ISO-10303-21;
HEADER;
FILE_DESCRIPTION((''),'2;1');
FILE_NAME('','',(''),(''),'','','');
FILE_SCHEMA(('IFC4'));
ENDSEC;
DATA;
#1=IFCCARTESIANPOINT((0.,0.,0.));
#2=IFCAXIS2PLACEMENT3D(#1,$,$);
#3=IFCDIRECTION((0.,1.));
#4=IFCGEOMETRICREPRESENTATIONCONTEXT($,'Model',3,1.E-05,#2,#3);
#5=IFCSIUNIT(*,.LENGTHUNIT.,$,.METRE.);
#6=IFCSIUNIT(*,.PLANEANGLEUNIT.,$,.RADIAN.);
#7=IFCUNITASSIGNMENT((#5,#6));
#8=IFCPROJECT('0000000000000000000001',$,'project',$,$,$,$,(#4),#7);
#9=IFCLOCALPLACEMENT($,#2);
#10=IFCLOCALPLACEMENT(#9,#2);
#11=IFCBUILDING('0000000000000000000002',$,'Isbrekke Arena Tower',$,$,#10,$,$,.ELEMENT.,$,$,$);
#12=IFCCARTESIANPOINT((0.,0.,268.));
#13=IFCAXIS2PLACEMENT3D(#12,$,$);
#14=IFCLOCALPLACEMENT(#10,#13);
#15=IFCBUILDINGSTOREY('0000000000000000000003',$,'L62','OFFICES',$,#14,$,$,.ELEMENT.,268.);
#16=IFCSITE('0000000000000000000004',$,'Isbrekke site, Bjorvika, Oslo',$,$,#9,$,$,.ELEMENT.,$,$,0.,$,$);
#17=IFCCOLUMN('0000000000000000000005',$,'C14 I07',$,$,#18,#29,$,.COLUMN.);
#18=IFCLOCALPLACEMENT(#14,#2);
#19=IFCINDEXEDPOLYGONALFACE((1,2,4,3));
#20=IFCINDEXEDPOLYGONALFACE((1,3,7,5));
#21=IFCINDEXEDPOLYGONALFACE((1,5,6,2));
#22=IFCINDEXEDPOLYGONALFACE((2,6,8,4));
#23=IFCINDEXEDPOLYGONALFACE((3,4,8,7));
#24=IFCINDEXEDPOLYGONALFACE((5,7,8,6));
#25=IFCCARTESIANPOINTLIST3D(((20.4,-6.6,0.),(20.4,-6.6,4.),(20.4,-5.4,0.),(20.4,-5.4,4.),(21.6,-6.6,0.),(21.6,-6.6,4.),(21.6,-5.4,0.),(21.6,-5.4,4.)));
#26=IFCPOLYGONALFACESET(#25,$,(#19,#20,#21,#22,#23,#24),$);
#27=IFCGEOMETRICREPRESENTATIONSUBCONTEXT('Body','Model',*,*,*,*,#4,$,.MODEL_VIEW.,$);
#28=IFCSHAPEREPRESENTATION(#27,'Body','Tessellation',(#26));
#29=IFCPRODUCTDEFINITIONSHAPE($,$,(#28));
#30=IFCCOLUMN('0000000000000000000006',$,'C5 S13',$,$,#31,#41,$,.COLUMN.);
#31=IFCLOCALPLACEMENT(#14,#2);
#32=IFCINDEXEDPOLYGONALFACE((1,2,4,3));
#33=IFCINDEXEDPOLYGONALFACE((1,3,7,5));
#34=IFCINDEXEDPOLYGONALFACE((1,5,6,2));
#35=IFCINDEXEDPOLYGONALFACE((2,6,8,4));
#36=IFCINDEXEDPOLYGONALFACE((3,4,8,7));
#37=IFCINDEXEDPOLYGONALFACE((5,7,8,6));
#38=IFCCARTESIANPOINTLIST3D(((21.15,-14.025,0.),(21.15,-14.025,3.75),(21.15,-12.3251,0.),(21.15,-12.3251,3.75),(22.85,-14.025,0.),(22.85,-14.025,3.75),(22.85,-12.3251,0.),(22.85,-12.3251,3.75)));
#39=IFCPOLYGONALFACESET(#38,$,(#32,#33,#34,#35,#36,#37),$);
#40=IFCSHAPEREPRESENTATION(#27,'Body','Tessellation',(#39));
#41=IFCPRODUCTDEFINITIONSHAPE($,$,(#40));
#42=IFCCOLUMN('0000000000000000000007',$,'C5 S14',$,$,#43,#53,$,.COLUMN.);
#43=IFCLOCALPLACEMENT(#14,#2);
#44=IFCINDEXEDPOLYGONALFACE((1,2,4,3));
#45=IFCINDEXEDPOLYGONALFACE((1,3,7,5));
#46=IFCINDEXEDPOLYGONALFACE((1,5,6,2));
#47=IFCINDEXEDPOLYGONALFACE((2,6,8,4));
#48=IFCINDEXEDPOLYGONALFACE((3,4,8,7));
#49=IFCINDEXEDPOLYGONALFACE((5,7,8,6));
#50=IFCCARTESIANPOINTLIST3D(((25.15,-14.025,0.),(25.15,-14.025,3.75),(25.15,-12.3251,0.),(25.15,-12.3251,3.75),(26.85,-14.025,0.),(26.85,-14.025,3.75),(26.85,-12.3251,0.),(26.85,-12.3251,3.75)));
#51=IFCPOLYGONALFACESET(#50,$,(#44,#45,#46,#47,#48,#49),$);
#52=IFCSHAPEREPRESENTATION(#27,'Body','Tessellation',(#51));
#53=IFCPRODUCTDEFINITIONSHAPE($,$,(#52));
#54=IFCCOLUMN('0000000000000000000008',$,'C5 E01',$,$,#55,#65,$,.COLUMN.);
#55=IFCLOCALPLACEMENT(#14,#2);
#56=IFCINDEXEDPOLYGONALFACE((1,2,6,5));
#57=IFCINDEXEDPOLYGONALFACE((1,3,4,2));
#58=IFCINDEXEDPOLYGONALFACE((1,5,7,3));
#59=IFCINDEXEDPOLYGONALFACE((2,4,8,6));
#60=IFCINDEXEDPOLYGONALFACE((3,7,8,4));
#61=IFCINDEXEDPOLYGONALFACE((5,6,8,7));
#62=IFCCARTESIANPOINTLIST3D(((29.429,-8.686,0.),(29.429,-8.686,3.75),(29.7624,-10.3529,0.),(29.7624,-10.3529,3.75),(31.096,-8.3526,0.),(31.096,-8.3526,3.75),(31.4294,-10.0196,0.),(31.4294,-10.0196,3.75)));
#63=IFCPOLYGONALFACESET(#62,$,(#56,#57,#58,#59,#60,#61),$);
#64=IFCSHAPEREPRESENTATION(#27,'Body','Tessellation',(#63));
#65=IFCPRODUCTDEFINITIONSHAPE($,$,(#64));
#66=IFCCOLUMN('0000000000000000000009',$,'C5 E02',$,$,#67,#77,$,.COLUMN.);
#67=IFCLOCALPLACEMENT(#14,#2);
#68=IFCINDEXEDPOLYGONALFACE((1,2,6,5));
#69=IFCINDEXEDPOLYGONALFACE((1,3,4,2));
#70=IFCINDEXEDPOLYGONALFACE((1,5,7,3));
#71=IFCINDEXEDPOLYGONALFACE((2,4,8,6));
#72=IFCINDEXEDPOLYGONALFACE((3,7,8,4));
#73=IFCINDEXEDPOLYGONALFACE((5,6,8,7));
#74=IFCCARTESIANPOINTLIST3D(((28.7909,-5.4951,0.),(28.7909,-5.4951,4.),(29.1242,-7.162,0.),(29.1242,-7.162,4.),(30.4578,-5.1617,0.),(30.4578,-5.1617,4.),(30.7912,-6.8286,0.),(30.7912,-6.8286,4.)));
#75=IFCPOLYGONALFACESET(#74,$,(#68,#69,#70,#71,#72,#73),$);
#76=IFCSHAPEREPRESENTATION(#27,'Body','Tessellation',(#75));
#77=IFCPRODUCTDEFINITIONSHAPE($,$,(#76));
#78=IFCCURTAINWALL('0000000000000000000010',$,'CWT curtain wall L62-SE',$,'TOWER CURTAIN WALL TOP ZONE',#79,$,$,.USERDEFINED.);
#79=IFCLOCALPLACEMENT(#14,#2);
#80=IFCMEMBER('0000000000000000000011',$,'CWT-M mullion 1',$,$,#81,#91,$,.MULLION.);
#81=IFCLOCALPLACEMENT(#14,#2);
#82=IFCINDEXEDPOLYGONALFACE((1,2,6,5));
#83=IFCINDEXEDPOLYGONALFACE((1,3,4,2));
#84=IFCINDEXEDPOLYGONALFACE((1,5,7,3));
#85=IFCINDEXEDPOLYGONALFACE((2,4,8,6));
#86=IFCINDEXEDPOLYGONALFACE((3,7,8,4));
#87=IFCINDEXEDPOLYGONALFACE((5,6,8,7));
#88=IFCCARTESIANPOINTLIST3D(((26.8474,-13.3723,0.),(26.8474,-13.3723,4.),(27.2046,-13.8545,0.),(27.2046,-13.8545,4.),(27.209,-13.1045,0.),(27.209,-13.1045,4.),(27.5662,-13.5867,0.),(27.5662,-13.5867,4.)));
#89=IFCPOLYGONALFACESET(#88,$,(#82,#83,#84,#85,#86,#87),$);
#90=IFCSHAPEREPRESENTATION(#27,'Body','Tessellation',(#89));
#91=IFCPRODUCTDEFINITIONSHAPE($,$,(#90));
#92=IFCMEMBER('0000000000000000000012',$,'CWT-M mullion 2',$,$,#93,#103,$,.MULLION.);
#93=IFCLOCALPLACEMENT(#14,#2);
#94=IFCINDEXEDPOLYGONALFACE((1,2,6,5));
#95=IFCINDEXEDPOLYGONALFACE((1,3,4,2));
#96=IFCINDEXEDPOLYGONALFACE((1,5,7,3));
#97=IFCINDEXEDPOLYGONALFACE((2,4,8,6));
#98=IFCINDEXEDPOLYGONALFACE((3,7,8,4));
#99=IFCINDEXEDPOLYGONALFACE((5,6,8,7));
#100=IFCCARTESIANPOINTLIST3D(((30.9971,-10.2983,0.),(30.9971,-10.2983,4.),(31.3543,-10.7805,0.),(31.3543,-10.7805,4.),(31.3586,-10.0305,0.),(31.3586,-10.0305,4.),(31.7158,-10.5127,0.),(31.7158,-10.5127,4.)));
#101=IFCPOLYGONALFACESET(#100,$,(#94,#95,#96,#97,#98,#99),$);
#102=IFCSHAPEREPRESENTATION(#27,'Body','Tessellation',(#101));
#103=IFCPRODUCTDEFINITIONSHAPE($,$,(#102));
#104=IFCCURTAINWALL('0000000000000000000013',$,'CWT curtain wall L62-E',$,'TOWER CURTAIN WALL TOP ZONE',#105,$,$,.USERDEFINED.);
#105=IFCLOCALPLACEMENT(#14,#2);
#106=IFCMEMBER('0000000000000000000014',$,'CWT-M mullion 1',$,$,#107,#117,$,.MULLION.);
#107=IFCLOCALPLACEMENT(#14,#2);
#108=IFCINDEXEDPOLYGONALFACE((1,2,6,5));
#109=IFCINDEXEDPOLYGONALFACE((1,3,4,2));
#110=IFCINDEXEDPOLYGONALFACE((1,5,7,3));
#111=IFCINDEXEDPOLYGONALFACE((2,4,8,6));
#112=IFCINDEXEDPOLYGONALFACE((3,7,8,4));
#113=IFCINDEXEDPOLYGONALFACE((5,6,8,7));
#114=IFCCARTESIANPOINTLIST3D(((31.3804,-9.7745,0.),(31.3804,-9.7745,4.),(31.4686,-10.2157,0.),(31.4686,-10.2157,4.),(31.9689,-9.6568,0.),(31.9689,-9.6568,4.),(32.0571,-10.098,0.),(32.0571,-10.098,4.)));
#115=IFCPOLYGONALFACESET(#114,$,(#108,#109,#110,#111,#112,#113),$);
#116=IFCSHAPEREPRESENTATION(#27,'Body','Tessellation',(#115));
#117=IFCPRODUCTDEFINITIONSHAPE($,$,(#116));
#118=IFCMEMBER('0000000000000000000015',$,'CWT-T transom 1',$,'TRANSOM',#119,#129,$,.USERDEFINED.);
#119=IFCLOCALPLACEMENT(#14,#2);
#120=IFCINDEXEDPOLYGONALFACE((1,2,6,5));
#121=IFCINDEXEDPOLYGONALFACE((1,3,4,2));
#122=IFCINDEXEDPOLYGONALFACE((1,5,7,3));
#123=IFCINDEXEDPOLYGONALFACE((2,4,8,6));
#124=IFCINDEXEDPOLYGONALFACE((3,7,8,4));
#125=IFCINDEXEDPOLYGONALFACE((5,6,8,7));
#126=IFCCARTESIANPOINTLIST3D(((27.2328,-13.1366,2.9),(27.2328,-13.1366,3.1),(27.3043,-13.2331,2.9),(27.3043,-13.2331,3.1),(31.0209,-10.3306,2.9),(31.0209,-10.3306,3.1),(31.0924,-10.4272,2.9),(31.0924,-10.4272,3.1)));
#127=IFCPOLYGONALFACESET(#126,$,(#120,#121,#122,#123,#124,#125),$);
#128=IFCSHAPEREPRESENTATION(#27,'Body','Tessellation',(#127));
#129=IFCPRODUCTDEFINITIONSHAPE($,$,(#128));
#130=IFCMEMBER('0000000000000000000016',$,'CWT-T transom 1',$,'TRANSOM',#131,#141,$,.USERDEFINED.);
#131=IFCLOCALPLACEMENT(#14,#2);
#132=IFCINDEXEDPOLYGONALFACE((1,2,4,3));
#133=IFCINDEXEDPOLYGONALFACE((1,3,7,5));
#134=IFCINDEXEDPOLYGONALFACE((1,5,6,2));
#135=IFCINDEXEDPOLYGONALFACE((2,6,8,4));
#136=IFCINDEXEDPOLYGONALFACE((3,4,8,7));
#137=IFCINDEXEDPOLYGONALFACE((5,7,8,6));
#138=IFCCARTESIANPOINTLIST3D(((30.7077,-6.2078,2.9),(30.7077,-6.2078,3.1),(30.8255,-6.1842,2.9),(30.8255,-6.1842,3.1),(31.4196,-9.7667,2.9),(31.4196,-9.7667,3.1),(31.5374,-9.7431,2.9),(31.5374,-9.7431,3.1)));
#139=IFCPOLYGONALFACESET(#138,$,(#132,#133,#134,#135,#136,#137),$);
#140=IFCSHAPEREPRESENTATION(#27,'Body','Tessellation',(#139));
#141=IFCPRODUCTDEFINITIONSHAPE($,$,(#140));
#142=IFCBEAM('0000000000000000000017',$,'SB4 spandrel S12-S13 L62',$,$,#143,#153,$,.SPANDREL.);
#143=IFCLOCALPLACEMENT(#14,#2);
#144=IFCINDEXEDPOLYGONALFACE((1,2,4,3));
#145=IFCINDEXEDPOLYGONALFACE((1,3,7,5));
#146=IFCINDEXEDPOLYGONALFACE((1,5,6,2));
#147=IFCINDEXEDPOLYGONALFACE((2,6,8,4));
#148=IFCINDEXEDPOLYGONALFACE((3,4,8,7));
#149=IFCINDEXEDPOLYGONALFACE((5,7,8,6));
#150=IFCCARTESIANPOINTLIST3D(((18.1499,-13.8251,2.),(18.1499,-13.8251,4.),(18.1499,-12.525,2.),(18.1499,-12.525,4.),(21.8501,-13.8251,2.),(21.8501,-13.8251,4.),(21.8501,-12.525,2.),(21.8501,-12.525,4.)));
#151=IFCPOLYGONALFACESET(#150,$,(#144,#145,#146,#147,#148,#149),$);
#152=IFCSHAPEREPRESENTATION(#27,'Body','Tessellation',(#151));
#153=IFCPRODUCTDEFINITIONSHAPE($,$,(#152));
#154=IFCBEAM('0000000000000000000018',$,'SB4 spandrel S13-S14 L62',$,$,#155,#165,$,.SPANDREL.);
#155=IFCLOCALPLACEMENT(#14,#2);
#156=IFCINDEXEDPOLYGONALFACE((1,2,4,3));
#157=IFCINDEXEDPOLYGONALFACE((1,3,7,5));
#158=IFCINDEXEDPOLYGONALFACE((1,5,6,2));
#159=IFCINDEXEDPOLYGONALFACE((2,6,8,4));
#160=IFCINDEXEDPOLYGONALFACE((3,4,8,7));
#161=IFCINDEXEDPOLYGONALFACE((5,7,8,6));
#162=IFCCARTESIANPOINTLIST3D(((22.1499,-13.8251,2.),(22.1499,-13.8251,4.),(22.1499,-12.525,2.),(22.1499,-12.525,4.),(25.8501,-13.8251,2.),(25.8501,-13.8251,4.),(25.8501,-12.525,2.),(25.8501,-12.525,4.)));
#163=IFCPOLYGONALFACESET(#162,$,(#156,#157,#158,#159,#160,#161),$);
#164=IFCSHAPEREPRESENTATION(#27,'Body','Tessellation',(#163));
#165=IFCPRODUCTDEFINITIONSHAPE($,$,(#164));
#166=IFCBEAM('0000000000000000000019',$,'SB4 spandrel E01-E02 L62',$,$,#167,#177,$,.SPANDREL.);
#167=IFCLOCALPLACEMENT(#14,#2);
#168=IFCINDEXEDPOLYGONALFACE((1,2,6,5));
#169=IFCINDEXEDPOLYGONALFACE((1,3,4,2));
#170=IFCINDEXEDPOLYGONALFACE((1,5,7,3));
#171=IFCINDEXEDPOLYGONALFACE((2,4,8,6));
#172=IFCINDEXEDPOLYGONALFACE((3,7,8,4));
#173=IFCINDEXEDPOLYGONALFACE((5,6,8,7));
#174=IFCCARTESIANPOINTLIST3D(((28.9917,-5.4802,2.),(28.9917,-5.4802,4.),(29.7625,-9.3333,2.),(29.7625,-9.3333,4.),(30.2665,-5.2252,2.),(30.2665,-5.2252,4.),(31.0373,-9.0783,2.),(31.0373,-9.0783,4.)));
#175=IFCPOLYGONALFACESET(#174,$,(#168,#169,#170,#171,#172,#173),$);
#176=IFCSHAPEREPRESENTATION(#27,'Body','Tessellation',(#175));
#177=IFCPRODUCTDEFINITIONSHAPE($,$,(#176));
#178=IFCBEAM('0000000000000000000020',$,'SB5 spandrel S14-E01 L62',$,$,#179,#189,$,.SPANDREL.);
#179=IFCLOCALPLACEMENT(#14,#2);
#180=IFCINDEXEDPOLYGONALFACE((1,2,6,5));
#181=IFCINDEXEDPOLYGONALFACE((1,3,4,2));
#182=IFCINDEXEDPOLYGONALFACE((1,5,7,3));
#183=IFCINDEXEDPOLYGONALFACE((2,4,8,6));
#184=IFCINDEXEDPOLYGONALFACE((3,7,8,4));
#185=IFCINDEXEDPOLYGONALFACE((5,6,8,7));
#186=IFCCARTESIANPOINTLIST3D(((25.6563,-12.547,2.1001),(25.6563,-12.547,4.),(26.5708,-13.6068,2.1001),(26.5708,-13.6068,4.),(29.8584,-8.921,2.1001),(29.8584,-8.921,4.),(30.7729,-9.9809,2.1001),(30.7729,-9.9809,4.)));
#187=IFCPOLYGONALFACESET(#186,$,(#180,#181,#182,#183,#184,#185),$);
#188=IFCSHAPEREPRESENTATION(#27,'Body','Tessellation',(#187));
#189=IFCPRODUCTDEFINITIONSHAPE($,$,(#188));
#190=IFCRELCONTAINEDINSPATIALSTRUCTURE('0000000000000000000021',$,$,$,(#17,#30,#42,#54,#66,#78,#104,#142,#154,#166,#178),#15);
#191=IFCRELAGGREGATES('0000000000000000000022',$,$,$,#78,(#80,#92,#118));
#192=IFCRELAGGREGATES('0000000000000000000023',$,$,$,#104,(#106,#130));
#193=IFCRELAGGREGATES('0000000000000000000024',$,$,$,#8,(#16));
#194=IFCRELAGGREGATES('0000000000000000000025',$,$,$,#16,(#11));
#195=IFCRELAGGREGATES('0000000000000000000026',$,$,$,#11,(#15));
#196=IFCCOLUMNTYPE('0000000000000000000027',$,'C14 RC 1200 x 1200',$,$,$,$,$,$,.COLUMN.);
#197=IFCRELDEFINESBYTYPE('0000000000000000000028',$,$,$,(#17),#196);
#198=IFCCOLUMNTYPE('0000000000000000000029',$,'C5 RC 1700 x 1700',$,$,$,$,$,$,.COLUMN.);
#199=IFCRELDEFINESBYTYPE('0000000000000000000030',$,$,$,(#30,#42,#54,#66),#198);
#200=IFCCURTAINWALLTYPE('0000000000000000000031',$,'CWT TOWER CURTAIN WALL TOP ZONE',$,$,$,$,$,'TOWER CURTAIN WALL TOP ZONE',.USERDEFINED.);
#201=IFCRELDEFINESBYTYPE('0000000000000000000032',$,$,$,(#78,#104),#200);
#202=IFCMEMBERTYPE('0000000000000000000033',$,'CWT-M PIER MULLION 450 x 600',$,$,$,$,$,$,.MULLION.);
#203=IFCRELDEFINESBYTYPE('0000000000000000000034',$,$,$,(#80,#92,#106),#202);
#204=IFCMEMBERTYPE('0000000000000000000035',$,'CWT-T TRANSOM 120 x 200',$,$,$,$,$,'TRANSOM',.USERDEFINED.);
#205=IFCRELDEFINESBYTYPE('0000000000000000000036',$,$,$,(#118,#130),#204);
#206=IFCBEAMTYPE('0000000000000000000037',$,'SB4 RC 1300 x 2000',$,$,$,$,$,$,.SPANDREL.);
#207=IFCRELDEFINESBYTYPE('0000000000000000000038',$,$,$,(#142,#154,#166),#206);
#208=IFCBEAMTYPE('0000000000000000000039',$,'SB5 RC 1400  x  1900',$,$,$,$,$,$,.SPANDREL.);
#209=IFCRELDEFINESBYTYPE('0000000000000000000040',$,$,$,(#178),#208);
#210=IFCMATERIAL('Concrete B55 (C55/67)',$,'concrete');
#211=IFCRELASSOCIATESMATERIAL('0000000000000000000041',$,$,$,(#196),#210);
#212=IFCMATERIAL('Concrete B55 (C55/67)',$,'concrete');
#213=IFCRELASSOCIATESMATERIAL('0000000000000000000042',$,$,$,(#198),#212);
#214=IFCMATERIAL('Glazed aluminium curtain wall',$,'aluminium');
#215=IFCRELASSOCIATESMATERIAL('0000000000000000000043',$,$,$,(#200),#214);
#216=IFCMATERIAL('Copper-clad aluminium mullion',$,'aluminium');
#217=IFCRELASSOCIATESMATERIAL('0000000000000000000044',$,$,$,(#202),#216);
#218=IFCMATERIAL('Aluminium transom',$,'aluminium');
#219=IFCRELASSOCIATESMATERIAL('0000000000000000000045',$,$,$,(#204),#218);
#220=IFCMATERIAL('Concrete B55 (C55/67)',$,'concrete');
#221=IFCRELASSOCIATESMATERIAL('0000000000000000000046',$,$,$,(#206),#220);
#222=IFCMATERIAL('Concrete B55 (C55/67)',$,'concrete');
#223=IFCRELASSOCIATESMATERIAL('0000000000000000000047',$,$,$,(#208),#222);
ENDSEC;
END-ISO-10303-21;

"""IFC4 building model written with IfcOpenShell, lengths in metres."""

from ifc_helpers import new_model, si_unit, direction, frame, origin, origin_2d, place, context, subcontext, project, spatial, rectangle, extrude, material, material_profile, profile_set, type_object, element, aggregate, save


model = new_model("IFC4")

# Units and contexts
model_context = context("Model", 3, precision=1e-05, world=origin(), true_north=direction((0.0, 1.0)))
body_context = subcontext(model_context, "Body", "Model", "MODEL_VIEW")
ifc_project = project(units=[si_unit("LENGTHUNIT", "METRE"), si_unit("PLANEANGLEUNIT", "RADIAN")], contexts=[model_context])

# Site, building, storey
site_placement = place(None, origin())
site = spatial("IfcSite", under=ifc_project, at=site_placement, Name="Isbrekke site, Bjorvika, Oslo", CompositionType="ELEMENT", RefElevation=0.0)
building_placement = place(site_placement, origin())
building = spatial("IfcBuilding", under=site, at=building_placement, Name="Isbrekke Arena Tower", CompositionType="ELEMENT")
storey_placement = place(building_placement, frame((0.0, 0.0, 268.0)))
storey = spatial("IfcBuildingStorey", under=building, at=storey_placement, Name="L62", Description="OFFICES", CompositionType="ELEMENT", Elevation=268.0)

# Columns
ifc_material_1 = material(Name="Concrete B55 (C55/67)", Category="concrete")
ifc_material_profile_1 = material_profile(ifc_material_1, rectangle(XDim=1.2, YDim=1.2, at=origin_2d()), Name="RC 1200x1200")
ifc_profile_set_1 = profile_set([ifc_material_profile_1], Name="Concrete B55 (C55/67)")
column_type_1 = type_object("IfcColumnType", Name="C14 RC 1200 x 1200", PredefinedType="COLUMN", material=ifc_profile_set_1)
column_1_placement = place(storey_placement, frame((21.0, -6.0, 0.0), z_axis=(0.0, 0.0, 1.0), x_axis=(1.0, 0.0, 0.0)))
element("IfcColumn", 1, at=column_1_placement, inside=storey, type_object=column_type_1, Name="C14 I07", PredefinedType="COLUMN", context=body_context, shape_type="SweptSolid", body=[
    extrude(rectangle(XDim=1.2, YDim=1.2, at=origin_2d()), origin(), (0.0, 0.0, 1.0), 4.0),
])
ifc_material_2 = material(Name="Concrete B55 (C55/67)", Category="concrete")
ifc_material_profile_2 = material_profile(ifc_material_2, rectangle(XDim=1.7, YDim=1.7, at=origin_2d()), Name="RC 1700x1700")
ifc_profile_set_2 = profile_set([ifc_material_profile_2], Name="Concrete B55 (C55/67)")
column_type_2 = type_object("IfcColumnType", Name="C5 RC 1700 x 1700", PredefinedType="COLUMN", material=ifc_profile_set_2)
for number, where, z_axis, x_axis, name in (
    (2, (22.0, -13.175, 0.0), (0.0, 0.0, 1.0), (1.0, 0.0, 0.0), "C5 S13"),
    (3, (26.0, -13.175, 0.0), (0.0, 0.0, 1.0), (1.0, 0.0, 0.0), "C5 S14"),
    (4, (30.4292, -9.3528, 0.0), (0.0, 0.0, 1.0), (-0.196116, 0.980581, 0.0), "C5 E01"),
):
    element("IfcColumn", number, at=place(storey_placement, frame(where, z_axis=z_axis, x_axis=x_axis)), inside=storey, type_object=column_type_2, Name=name, PredefinedType="COLUMN", context=body_context, shape_type="SweptSolid", body=[
        extrude(rectangle(XDim=1.7, YDim=1.7, at=origin_2d()), origin(), (0.0, 0.0, 1.0), 3.75),
    ])
column_2_placement = place(storey_placement, frame((29.791, -6.1619, 0.0), z_axis=(0.0, 0.0, 1.0), x_axis=(-0.196116, 0.980581, 0.0)))
element("IfcColumn", 5, at=column_2_placement, inside=storey, type_object=column_type_2, Name="C5 E02", PredefinedType="COLUMN", context=body_context, shape_type="SweptSolid", body=[
    extrude(rectangle(XDim=1.7, YDim=1.7, at=origin_2d()), origin(), (0.0, 0.0, 1.0), 4.0),
])

# Curtain wall, members
ifc_material_3 = material(Name="Glazed aluminium curtain wall", Category="aluminium")
curtain_wall_type = type_object("IfcCurtainWallType", Name="CWT TOWER CURTAIN WALL TOP ZONE", ElementType="TOWER CURTAIN WALL TOP ZONE", PredefinedType="USERDEFINED", material=ifc_material_3)
curtain_wall_1_placement = place(storey_placement, origin())
curtain_wall_1 = element("IfcCurtainWall", 6, at=curtain_wall_1_placement, inside=storey, type_object=curtain_wall_type, Name="CWT curtain wall L62-SE", ObjectType="TOWER CURTAIN WALL TOP ZONE", PredefinedType="USERDEFINED")
ifc_material_4 = material(Name="Copper-clad aluminium mullion", Category="aluminium")
ifc_material_profile_3 = material_profile(ifc_material_4, rectangle(XDim=0.45, YDim=0.6001, at=origin_2d()), Name="PIER 450X600")
ifc_profile_set_3 = profile_set([ifc_material_profile_3], Name="Copper-clad aluminium mullion")
member_type_1 = type_object("IfcMemberType", Name="CWT-M PIER MULLION 450 x 600", PredefinedType="MULLION", material=ifc_profile_set_3)
member_1_placement = place(storey_placement, frame((27.2068, -13.4795, 0.0), z_axis=(0.0, 0.0, 1.0), x_axis=(0.803557, 0.595228, 0.0)))
member_1 = element("IfcMember", 7, at=member_1_placement, type_object=member_type_1, Name="CWT-M mullion 1", PredefinedType="MULLION", context=body_context, shape_type="SweptSolid", body=[
    extrude(rectangle(XDim=0.45, YDim=0.6001, at=origin_2d()), origin(), (0.0, 0.0, 1.0), 4.0),
])
member_2_placement = place(storey_placement, frame((31.3564, -10.4055, 0.0), z_axis=(0.0, 0.0, 1.0), x_axis=(0.803557, 0.595228, 0.0)))
member_2 = element("IfcMember", 8, at=member_2_placement, type_object=member_type_1, Name="CWT-M mullion 2", PredefinedType="MULLION", context=body_context, shape_type="SweptSolid", body=[
    extrude(rectangle(XDim=0.45, YDim=0.6001, at=origin_2d()), origin(), (0.0, 0.0, 1.0), 4.0),
])

# Curtain wall, member
curtain_wall_2_placement = place(storey_placement, origin())
curtain_wall_2 = element("IfcCurtainWall", 9, at=curtain_wall_2_placement, inside=storey, type_object=curtain_wall_type, Name="CWT curtain wall L62-E", ObjectType="TOWER CURTAIN WALL TOP ZONE", PredefinedType="USERDEFINED")
member_3_placement = place(storey_placement, frame((31.7188, -9.9363, 0.0), z_axis=(0.0, 0.0, 1.0), x_axis=(-0.196116, 0.980581, 0.0)))
member_3 = element("IfcMember", 10, at=member_3_placement, type_object=member_type_1, Name="CWT-M mullion 1", PredefinedType="MULLION", context=body_context, shape_type="SweptSolid", body=[
    extrude(rectangle(XDim=0.45, YDim=0.6001, at=origin_2d()), origin(), (0.0, 0.0, 1.0), 4.0),
])

# Members
ifc_material_5 = material(Name="Aluminium transom", Category="aluminium")
ifc_material_profile_4 = material_profile(ifc_material_5, rectangle(XDim=0.1201, YDim=0.2, at=origin_2d()), Name="TRANSOM 120X200")
ifc_profile_set_4 = profile_set([ifc_material_profile_4], Name="Aluminium transom")
member_type_2 = type_object("IfcMemberType", Name="CWT-T TRANSOM 120 x 200", ElementType="TRANSOM", PredefinedType="USERDEFINED", material=ifc_profile_set_4)
member_4_placement = place(storey_placement, frame((27.2686, -13.1848, 3.0), z_axis=(0.803565, 0.595216, 0.0), x_axis=(-0.595216, 0.803565, 0.0)))
member_4 = element("IfcMember", 11, at=member_4_placement, type_object=member_type_2, Name="CWT-T transom 1", ObjectType="TRANSOM", PredefinedType="USERDEFINED", context=body_context, shape_type="SweptSolid", body=[
    extrude(rectangle(XDim=0.1201, YDim=0.2, at=origin_2d()), origin(), (0.0, 0.0, 1.0), 4.7141),
])
member_5_placement = place(storey_placement, frame((31.4785, -9.7549, 3.0), z_axis=(-0.196155, 0.980573, 0.0), x_axis=(-0.980573, -0.196155, 0.0)))
member_5 = element("IfcMember", 12, at=member_5_placement, type_object=member_type_2, Name="CWT-T transom 1", ObjectType="TRANSOM", PredefinedType="USERDEFINED", context=body_context, shape_type="SweptSolid", body=[
    extrude(rectangle(XDim=0.1201, YDim=0.2, at=origin_2d()), origin(), (0.0, 0.0, 1.0), 3.6294),
])

# Beams
ifc_material_6 = material(Name="Concrete B55 (C55/67)", Category="concrete")
ifc_material_profile_5 = material_profile(ifc_material_6, rectangle(XDim=1.3, YDim=2.0, at=origin_2d()), Name="RC 1300x2000")
ifc_profile_set_5 = profile_set([ifc_material_profile_5], Name="Concrete B55 (C55/67)")
beam_type_1 = type_object("IfcBeamType", Name="SB4 RC 1300 x 2000", PredefinedType="SPANDREL", material=ifc_profile_set_5)
for number, where, z_axis, x_axis, name in (
    (13, (18.1499, -13.175, 3.0), (1.0, 0.0, 0.0), (0.0, 1.0, 0.0), "SB4 spandrel S12-S13 L62"),
    (14, (22.1499, -13.175, 3.0), (1.0, 0.0, 0.0), (0.0, 1.0, 0.0), "SB4 spandrel S13-S14 L62"),
):
    element("IfcBeam", number, at=place(storey_placement, frame(where, z_axis=z_axis, x_axis=x_axis)), inside=storey, type_object=beam_type_1, Name=name, PredefinedType="SPANDREL", context=body_context, shape_type="SweptSolid", body=[
        extrude(rectangle(XDim=1.3, YDim=2.0, at=origin_2d()), origin(), (0.0, 0.0, 1.0), 3.7002),
    ])
beam_1_placement = place(storey_placement, frame((30.3999, -9.2058, 3.0), z_axis=(-0.196152, 0.980574, 0.0), x_axis=(-0.980574, -0.196152, 0.0)))
element("IfcBeam", 15, at=beam_1_placement, inside=storey, type_object=beam_type_1, Name="SB4 spandrel E01-E02 L62", PredefinedType="SPANDREL", context=body_context, shape_type="SweptSolid", body=[
    extrude(rectangle(XDim=1.3, YDim=2.0, at=origin_2d()), origin(), (0.0, 0.0, 1.0), 3.9294),
])
ifc_material_7 = material(Name="Concrete B55 (C55/67)", Category="concrete")
ifc_material_profile_6 = material_profile(ifc_material_7, rectangle(XDim=1.3999, YDim=1.8999, at=origin_2d()), Name="RC 1400 x 1900")
ifc_profile_set_6 = profile_set([ifc_material_profile_6], Name="Concrete B55 (C55/67)")
beam_type_2 = type_object("IfcBeamType", Name="SB5 RC 1400  x  1900", PredefinedType="SPANDREL", material=ifc_profile_set_6)
beam_2_placement = place(storey_placement, frame((26.1135, -13.0769, 3.05), z_axis=(0.757104, 0.653295, 0.0), x_axis=(-0.653295, 0.757104, 0.0)))
element("IfcBeam", 16, at=beam_2_placement, inside=storey, type_object=beam_type_2, Name="SB5 spandrel S14-E01 L62", PredefinedType="SPANDREL", context=body_context, shape_type="SweptSolid", body=[
    extrude(rectangle(XDim=1.3999, YDim=1.8999, at=origin_2d()), origin(), (0.0, 0.0, 1.0), 5.5503),
])

aggregate(curtain_wall_1, [member_1, member_2, member_4])
aggregate(curtain_wall_2, [member_3, member_5])

save(model, "model.ifc")
